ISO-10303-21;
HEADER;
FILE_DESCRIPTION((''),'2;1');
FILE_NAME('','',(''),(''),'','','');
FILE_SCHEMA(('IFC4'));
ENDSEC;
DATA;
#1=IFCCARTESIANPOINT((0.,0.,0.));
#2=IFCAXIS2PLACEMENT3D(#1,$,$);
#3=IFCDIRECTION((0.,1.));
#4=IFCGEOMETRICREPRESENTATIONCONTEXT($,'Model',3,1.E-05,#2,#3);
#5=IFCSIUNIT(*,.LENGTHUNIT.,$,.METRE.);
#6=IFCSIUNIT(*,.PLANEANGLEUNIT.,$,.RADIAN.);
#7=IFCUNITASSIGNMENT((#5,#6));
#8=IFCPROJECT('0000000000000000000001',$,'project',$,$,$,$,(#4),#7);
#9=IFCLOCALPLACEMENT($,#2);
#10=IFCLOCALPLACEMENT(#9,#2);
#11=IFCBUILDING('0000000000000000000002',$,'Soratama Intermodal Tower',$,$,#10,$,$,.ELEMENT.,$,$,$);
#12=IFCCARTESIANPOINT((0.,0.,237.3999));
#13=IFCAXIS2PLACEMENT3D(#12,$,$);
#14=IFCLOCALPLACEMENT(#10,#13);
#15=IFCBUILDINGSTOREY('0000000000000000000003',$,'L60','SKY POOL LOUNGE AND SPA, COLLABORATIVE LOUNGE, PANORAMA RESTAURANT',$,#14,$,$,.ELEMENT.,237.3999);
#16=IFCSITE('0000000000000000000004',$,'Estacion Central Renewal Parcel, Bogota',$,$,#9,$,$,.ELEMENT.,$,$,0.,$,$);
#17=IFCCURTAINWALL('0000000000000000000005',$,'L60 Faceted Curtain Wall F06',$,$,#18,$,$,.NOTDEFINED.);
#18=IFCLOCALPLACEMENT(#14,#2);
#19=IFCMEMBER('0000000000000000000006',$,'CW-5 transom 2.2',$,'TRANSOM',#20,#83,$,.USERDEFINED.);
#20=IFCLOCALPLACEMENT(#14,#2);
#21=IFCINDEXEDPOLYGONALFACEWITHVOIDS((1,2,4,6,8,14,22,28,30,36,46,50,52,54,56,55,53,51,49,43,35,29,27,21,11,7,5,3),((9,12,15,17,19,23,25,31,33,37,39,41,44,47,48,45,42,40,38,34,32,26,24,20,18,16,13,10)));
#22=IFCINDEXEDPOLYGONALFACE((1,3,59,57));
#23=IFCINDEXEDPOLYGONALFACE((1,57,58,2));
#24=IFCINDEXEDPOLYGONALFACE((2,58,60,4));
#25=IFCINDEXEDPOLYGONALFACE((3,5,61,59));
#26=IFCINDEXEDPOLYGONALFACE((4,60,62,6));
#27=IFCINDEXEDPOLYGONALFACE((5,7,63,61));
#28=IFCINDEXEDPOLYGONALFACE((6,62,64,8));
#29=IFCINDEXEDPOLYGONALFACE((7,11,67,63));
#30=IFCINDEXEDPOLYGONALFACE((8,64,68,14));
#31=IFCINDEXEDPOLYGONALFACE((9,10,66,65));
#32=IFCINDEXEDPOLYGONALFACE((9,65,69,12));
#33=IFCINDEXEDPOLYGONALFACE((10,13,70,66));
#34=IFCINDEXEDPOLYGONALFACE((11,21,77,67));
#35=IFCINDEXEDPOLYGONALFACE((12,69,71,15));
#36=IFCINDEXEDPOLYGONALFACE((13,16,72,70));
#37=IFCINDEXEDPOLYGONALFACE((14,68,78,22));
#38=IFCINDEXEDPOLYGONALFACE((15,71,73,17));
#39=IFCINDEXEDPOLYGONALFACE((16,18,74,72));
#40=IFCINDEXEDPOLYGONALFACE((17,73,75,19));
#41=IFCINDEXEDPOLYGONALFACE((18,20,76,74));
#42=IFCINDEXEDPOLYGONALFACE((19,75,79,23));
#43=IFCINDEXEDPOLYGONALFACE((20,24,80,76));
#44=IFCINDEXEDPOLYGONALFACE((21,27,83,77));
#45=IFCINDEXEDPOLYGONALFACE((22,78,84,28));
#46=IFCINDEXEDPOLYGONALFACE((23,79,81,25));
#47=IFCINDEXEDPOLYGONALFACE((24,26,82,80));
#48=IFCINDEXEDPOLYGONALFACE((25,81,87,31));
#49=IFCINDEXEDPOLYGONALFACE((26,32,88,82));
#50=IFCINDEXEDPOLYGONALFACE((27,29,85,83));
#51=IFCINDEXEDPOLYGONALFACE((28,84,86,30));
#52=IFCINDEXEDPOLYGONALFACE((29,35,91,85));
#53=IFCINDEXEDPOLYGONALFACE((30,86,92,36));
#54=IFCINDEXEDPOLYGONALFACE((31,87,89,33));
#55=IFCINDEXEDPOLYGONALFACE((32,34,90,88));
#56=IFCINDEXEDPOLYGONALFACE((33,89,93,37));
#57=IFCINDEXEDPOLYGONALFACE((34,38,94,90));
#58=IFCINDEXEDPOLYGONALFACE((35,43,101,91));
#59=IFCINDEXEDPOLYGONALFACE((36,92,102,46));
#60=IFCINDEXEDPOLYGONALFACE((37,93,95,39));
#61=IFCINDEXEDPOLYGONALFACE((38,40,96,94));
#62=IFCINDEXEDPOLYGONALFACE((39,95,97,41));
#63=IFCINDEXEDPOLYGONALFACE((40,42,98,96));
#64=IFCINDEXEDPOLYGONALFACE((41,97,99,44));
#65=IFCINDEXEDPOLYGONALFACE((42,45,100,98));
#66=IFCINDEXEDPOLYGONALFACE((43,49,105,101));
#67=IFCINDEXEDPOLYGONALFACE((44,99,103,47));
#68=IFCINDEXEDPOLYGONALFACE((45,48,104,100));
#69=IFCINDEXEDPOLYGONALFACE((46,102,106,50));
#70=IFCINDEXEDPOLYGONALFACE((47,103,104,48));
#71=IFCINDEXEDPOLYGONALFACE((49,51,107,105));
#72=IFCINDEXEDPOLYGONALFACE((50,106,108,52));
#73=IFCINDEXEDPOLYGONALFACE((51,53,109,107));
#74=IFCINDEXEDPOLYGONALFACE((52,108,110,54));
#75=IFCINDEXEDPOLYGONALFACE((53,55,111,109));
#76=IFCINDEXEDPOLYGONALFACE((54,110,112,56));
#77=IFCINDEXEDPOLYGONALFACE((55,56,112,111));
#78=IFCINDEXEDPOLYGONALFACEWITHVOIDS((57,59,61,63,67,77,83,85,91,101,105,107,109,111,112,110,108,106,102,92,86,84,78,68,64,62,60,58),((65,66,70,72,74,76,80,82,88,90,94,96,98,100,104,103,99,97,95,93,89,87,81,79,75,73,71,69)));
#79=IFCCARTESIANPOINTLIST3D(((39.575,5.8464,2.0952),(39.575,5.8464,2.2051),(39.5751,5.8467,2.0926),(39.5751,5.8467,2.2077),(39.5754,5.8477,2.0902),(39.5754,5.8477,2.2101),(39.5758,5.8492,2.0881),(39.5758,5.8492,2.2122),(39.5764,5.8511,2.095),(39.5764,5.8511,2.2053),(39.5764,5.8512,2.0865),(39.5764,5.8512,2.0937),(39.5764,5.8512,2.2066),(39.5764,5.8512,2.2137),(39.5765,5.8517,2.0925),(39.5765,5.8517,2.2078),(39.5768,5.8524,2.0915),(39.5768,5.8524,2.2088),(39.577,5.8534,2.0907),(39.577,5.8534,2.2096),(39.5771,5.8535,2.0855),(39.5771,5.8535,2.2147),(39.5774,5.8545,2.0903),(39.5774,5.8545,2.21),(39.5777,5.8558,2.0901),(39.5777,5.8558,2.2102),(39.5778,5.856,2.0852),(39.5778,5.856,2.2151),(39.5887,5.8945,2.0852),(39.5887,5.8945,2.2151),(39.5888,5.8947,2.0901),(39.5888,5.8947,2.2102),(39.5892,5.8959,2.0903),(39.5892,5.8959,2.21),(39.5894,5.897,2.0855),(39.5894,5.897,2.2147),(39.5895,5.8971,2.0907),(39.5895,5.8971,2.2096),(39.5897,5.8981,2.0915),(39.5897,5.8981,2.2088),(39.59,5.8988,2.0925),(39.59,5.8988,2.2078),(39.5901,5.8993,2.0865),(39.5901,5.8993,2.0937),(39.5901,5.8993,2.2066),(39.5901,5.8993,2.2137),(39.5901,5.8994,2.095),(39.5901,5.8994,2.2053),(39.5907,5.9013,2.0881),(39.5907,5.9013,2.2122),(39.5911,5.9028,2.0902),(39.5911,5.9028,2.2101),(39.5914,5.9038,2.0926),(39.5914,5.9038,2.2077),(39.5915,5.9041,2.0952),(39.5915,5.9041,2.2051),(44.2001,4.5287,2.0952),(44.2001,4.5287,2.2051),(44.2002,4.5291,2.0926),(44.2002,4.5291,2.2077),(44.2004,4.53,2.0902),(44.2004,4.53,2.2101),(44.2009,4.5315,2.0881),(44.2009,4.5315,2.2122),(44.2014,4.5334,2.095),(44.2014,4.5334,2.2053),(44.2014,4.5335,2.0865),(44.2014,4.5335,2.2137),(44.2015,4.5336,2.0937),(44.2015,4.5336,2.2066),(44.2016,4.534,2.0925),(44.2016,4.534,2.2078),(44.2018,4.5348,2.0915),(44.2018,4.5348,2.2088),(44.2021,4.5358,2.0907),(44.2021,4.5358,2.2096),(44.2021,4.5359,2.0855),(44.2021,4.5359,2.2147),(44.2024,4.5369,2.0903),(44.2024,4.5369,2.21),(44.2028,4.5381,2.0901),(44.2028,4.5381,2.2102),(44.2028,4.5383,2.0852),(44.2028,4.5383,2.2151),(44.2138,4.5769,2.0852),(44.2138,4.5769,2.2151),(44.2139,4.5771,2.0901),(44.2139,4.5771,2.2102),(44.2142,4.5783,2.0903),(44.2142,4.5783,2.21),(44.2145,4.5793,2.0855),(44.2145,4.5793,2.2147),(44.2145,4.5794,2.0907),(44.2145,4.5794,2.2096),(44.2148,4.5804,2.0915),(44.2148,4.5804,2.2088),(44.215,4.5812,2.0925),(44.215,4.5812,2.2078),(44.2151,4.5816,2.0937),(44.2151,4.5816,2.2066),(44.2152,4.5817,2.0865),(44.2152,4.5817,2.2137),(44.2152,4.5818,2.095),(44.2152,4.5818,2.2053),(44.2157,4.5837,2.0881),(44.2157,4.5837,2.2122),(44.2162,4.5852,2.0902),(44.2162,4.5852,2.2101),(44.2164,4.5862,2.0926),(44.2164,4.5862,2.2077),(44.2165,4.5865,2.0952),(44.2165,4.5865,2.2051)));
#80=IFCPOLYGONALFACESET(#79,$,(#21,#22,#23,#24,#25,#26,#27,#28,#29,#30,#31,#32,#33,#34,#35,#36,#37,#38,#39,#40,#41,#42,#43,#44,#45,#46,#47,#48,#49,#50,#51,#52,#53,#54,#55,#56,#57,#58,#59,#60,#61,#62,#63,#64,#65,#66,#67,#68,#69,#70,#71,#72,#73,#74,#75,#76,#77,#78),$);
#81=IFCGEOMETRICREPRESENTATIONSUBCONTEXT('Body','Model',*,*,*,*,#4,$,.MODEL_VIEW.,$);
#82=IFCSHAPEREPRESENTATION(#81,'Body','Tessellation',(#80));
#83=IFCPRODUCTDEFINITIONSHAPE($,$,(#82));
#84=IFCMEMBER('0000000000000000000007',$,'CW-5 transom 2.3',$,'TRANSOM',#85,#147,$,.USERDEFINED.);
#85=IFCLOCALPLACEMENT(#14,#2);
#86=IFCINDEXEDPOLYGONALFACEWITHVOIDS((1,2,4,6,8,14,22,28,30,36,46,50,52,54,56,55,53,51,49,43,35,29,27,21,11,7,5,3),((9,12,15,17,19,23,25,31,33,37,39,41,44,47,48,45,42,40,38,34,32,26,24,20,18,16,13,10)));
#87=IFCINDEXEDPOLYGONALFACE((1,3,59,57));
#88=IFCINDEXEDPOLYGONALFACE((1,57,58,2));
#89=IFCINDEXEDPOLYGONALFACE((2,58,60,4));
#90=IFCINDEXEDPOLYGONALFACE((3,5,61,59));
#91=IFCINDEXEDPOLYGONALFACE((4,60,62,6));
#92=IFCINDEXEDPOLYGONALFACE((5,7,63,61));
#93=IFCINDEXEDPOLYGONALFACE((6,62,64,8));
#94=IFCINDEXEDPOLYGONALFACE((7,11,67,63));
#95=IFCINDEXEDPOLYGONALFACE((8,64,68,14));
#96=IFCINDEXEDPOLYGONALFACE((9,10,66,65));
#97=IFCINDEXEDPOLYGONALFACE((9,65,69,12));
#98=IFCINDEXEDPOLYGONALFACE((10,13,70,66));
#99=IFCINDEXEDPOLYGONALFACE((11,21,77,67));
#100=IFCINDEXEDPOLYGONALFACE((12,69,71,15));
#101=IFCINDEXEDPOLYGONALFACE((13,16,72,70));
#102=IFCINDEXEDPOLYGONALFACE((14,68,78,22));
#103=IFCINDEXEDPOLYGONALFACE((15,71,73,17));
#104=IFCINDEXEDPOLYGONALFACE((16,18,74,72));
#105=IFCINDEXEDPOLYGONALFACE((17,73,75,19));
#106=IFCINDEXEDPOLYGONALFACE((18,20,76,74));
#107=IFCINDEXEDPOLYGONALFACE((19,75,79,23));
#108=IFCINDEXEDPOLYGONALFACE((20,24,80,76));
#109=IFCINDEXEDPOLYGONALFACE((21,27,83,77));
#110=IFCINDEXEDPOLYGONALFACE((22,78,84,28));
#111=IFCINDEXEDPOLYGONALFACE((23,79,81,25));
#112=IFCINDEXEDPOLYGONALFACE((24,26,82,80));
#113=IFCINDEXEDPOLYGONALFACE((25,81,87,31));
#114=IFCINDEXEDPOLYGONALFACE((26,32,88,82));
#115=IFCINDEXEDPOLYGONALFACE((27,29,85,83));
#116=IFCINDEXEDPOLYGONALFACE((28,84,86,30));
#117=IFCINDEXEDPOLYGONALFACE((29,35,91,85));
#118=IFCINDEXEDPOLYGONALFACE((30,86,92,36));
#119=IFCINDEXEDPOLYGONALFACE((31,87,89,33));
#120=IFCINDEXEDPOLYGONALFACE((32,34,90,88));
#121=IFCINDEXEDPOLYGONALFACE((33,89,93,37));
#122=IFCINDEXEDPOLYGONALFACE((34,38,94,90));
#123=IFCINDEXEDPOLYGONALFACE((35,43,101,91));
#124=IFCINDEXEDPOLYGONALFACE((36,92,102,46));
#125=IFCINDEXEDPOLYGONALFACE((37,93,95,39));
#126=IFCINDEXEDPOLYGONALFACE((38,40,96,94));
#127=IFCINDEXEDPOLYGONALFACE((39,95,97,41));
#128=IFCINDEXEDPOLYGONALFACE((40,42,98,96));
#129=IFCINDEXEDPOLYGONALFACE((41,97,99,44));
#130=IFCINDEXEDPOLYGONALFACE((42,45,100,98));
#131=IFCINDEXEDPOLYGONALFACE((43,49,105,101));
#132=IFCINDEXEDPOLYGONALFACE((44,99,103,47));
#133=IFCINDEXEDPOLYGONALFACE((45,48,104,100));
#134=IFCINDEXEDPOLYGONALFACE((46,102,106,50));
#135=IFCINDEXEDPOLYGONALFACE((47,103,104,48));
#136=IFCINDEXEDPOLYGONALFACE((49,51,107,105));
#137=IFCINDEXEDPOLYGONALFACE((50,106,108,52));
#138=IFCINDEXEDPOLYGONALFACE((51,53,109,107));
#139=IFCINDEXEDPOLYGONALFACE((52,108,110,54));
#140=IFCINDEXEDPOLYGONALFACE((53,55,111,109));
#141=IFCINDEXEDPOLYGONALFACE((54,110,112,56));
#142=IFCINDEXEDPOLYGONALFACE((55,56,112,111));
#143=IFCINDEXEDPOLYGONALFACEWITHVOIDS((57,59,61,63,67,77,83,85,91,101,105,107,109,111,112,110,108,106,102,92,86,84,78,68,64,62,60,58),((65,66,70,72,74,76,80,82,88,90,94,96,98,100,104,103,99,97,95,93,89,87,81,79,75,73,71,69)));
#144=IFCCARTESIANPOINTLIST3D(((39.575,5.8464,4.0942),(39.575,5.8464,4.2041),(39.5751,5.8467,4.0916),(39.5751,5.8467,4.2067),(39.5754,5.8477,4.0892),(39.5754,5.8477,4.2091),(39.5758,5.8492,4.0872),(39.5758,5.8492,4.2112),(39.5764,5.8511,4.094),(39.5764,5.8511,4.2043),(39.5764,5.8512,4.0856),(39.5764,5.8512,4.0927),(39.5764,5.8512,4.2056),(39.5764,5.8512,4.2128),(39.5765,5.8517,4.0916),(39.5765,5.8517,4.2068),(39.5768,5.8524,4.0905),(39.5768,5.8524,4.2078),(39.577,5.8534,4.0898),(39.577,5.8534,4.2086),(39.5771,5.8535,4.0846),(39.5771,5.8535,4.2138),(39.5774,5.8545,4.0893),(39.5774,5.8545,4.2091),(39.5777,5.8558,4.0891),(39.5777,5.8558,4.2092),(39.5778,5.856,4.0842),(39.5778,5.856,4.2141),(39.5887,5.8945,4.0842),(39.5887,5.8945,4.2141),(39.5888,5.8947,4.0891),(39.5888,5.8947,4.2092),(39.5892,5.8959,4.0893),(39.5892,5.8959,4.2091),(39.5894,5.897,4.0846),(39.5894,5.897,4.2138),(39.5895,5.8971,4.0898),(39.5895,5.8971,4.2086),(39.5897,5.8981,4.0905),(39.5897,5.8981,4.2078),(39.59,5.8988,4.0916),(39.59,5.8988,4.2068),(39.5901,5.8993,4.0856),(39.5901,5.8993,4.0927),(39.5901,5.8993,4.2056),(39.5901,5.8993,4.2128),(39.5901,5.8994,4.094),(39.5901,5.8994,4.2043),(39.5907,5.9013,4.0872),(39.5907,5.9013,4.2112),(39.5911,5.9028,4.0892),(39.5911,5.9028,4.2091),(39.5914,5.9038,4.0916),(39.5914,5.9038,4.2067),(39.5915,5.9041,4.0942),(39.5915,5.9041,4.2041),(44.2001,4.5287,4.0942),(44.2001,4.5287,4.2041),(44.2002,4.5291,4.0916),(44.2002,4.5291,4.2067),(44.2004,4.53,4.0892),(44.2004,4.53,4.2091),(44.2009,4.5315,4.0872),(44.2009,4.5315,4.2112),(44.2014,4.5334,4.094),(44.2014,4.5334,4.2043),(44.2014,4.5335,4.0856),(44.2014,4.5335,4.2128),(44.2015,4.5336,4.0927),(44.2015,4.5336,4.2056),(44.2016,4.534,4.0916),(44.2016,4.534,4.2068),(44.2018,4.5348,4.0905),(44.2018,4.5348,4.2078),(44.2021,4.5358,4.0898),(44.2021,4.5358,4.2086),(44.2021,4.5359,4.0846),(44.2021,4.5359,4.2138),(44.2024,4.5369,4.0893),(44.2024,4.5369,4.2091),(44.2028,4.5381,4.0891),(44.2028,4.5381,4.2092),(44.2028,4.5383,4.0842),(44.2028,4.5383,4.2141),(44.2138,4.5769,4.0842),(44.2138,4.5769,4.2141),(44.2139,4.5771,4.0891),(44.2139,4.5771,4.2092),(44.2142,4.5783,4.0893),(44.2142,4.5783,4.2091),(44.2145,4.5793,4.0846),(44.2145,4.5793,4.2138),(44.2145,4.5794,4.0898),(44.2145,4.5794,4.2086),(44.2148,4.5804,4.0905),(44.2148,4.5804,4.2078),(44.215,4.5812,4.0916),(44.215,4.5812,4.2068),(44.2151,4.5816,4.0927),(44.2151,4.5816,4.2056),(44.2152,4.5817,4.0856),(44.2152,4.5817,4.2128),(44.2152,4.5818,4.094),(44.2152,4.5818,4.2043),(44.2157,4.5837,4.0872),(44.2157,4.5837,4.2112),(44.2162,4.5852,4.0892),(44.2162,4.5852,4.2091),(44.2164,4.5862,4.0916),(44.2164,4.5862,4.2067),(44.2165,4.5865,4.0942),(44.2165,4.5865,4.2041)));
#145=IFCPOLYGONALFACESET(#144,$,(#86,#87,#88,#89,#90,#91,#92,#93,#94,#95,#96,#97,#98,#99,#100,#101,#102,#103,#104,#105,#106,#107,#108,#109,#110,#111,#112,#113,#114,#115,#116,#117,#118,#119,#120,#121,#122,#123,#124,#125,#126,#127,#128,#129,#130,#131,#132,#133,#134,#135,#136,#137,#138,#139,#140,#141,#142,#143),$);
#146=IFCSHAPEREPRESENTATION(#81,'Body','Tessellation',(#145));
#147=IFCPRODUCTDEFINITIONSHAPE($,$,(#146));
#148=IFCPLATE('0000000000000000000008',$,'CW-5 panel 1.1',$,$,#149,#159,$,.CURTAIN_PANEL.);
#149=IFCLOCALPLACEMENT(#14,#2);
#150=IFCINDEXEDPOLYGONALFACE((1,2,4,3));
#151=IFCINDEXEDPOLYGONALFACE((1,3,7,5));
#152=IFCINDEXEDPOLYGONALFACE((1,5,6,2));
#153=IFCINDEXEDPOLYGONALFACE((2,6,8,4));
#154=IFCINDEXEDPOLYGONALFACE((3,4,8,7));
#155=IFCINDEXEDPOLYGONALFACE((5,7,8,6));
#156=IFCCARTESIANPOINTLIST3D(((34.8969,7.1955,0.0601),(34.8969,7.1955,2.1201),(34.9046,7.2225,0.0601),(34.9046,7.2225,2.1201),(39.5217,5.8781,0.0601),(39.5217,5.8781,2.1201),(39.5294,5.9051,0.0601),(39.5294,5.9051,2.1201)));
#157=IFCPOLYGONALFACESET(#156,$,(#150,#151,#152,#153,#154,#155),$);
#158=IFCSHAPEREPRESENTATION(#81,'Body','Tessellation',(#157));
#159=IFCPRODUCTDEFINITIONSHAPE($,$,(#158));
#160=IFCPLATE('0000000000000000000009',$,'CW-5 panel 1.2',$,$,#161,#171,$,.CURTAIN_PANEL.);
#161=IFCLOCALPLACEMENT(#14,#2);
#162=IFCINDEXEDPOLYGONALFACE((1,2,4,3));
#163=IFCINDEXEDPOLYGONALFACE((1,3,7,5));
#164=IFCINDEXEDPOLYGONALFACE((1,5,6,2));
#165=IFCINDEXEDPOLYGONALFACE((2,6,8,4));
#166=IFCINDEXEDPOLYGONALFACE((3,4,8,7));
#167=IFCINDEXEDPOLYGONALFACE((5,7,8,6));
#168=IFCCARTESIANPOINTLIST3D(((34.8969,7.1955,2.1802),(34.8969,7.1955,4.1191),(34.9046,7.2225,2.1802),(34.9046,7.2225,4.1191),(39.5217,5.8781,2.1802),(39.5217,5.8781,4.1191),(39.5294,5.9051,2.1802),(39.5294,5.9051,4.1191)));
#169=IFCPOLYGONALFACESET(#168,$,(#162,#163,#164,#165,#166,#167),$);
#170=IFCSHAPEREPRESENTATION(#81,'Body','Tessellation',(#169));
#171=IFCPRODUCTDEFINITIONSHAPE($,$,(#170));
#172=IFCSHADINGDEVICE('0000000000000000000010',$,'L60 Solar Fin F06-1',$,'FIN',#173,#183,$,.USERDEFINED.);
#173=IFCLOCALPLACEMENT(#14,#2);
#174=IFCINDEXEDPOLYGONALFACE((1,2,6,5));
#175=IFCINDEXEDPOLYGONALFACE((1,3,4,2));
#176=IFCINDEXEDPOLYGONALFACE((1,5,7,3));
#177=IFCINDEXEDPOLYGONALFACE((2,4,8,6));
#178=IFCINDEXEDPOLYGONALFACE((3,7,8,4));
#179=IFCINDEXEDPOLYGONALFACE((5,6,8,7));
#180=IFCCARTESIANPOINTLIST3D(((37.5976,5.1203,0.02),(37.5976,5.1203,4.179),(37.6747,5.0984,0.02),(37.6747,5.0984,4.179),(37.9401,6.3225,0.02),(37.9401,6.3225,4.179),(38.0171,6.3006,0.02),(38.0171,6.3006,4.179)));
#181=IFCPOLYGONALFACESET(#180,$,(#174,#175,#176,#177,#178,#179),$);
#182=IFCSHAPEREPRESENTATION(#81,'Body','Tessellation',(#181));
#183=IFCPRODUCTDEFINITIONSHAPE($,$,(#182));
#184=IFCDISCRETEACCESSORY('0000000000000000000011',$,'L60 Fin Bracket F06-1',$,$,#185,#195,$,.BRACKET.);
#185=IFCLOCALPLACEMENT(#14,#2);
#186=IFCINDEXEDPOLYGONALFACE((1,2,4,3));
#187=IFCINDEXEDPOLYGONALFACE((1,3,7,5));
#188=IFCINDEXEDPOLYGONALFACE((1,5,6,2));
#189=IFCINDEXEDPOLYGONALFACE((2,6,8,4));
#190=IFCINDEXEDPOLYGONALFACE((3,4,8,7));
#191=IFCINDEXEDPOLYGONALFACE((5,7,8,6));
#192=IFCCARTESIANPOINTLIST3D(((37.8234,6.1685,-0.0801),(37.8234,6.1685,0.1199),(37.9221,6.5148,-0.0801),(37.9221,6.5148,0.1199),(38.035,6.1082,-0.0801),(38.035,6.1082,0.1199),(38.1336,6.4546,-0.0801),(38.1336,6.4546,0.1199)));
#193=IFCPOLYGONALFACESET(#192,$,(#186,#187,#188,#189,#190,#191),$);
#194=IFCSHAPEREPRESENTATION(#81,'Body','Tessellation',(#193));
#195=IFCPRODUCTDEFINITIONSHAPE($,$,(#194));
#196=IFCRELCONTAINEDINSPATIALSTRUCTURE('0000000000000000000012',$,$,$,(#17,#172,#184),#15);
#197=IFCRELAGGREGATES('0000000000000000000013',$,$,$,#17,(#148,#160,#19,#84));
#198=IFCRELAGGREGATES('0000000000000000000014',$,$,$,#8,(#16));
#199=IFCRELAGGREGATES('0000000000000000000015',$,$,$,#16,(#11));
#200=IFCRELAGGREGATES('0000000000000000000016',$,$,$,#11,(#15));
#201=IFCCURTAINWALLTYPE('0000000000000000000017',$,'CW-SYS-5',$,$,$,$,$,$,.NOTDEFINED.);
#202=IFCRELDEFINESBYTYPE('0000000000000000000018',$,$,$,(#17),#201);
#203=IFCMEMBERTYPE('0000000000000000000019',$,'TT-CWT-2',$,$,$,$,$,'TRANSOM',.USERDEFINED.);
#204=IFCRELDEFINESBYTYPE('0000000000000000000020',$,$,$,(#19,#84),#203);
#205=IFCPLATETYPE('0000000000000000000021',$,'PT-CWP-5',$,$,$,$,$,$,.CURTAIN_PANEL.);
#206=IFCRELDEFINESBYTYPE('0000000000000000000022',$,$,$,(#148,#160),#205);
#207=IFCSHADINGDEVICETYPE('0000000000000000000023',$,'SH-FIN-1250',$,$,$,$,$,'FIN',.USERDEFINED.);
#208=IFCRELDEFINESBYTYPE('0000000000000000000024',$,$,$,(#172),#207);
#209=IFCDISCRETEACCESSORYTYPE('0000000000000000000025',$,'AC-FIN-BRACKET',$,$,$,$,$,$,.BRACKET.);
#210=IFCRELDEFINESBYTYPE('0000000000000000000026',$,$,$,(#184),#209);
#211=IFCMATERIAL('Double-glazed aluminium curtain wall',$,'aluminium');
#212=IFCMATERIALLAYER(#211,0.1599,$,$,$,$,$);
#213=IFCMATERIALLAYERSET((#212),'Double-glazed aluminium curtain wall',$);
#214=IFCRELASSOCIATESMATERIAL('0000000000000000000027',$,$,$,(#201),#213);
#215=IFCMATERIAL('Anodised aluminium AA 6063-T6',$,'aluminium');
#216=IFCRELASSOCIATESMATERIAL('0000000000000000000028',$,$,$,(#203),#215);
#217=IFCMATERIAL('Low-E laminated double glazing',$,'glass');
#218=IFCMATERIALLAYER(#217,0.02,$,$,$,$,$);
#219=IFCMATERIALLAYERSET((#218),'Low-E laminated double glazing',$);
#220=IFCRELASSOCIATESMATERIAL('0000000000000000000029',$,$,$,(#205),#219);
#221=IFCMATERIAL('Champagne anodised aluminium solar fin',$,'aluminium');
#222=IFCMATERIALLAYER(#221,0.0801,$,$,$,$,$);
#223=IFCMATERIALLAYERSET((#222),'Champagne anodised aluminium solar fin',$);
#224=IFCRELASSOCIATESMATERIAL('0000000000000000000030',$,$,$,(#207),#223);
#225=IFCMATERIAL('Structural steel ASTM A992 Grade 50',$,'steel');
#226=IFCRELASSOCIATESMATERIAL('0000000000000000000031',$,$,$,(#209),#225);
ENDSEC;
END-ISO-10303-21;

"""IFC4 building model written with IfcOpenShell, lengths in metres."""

from ifc_helpers import new_model, si_unit, direction, frame, origin, origin_2d, place, context, subcontext, project, spatial, rectangle, hollow_rectangle, extrude, material, layer, layer_set, material_profile, profile_set, type_object, element, aggregate, save


model = new_model("IFC4")

# Units and contexts
model_context = context("Model", 3, precision=1e-05, world=origin(), true_north=direction((0.0, 1.0)))
body_context = subcontext(model_context, "Body", "Model", "MODEL_VIEW")
ifc_project = project(units=[si_unit("LENGTHUNIT", "METRE"), si_unit("PLANEANGLEUNIT", "RADIAN")], contexts=[model_context])

# Site, building, storey
site_placement = place(None, origin())
site = spatial("IfcSite", under=ifc_project, at=site_placement, Name="Estacion Central Renewal Parcel, Bogota", CompositionType="ELEMENT", RefElevation=0.0)
building_placement = place(site_placement, origin())
building = spatial("IfcBuilding", under=site, at=building_placement, Name="Soratama Intermodal Tower", CompositionType="ELEMENT")
storey_placement = place(building_placement, frame((0.0, 0.0, 237.3999)))
storey = spatial("IfcBuildingStorey", under=building, at=storey_placement, Name="L60", Description="SKY POOL LOUNGE AND SPA, COLLABORATIVE LOUNGE, PANORAMA RESTAURANT", CompositionType="ELEMENT", Elevation=237.3999)

# Curtain wall, members, plates
ifc_material_1 = material(Name="Double-glazed aluminium curtain wall", Category="aluminium")
ifc_layer_1 = layer(ifc_material_1, 0.1599)
ifc_layer_set_1 = layer_set([ifc_layer_1], Name="Double-glazed aluminium curtain wall")
curtain_wall_type = type_object("IfcCurtainWallType", Name="CW-SYS-5", PredefinedType="NOTDEFINED", material=ifc_layer_set_1)
curtain_wall_placement = place(storey_placement, origin())
curtain_wall = element("IfcCurtainWall", 1, at=curtain_wall_placement, inside=storey, type_object=curtain_wall_type, Name="L60 Faceted Curtain Wall F06", PredefinedType="NOTDEFINED")
ifc_material_2 = material(Name="Anodised aluminium AA 6063-T6", Category="aluminium")
ifc_material_profile_1 = material_profile(ifc_material_2, hollow_rectangle(XDim=0.0601, YDim=0.1299, WallThickness=0.0049, InnerFilletRadius=0.0049, OuterFilletRadius=0.01, at=origin_2d()), Name="CWT130X60X5")
ifc_profile_set_1 = profile_set([ifc_material_profile_1], Name="Anodised aluminium AA 6063-T6")
member_type_1 = type_object("IfcMemberType", Name="TT-CWT-2", ElementType="TRANSOM", PredefinedType="USERDEFINED", material=ifc_profile_set_1)
member_1_placement = place(storey_placement, frame((39.5833, 5.8752, 2.1501), z_axis=(0.961732, -0.27399, 0.0), x_axis=(0.27399, 0.961732, 0.0)))
member_1 = element("IfcMember", 2, at=member_1_placement, type_object=member_type_1, Name="CW-5 transom 2.2", ObjectType="TRANSOM", PredefinedType="USERDEFINED", context=body_context, shape_type="SweptSolid", body=[
    extrude(hollow_rectangle(XDim=0.0601, YDim=0.1299, WallThickness=0.0049, InnerFilletRadius=0.0049, OuterFilletRadius=0.01, at=origin_2d()), origin(), (0.0, 0.0, 1.0), 4.8091),
])
member_2_placement = place(storey_placement, frame((39.5833, 5.8752, 4.1492), z_axis=(0.961732, -0.27399, 0.0), x_axis=(0.27399, 0.961732, 0.0)))
member_2 = element("IfcMember", 3, at=member_2_placement, type_object=member_type_1, Name="CW-5 transom 2.3", ObjectType="TRANSOM", PredefinedType="USERDEFINED", context=body_context, shape_type="SweptSolid", body=[
    extrude(hollow_rectangle(XDim=0.0601, YDim=0.1299, WallThickness=0.0049, InnerFilletRadius=0.0049, OuterFilletRadius=0.01, at=origin_2d()), origin(), (0.0, 0.0, 1.0), 4.8091),
])
ifc_material_3 = material(Name="Low-E laminated double glazing", Category="glass")
ifc_layer_2 = layer(ifc_material_3, 0.02)
ifc_layer_set_2 = layer_set([ifc_layer_2], Name="Low-E laminated double glazing")
plate_type = type_object("IfcPlateType", Name="PT-CWP-5", PredefinedType="CURTAIN_PANEL", material=ifc_layer_set_2)
plate_1_placement = place(storey_placement, frame((37.2131, 6.5503, 0.0601), z_axis=(0.0, 0.0, 1.0), x_axis=(0.96174, -0.273963, 0.0)))
plate_1 = element("IfcPlate", 4, at=plate_1_placement, type_object=plate_type, Name="CW-5 panel 1.1", PredefinedType="CURTAIN_PANEL", context=body_context, shape_type="SweptSolid", body=[
    extrude(rectangle(XDim=4.8088, YDim=0.0281, at=origin_2d()), origin(), (0.0, 0.0, 1.0), 2.0601),
])
plate_2_placement = place(storey_placement, frame((37.2131, 6.5503, 2.1802), z_axis=(0.0, 0.0, 1.0), x_axis=(0.96174, -0.273963, 0.0)))
plate_2 = element("IfcPlate", 5, at=plate_2_placement, type_object=plate_type, Name="CW-5 panel 1.2", PredefinedType="CURTAIN_PANEL", context=body_context, shape_type="SweptSolid", body=[
    extrude(rectangle(XDim=4.8088, YDim=0.0281, at=origin_2d()), origin(), (0.0, 0.0, 1.0), 1.939),
])
aggregate(curtain_wall, [plate_1, plate_2, member_1, member_2])

# Shading device
ifc_material_4 = material(Name="Champagne anodised aluminium solar fin", Category="aluminium")
ifc_layer_3 = layer(ifc_material_4, 0.0801)
ifc_layer_set_3 = layer_set([ifc_layer_3], Name="Champagne anodised aluminium solar fin")
shading_device_type = type_object("IfcShadingDeviceType", Name="SH-FIN-1250", ElementType="FIN", PredefinedType="USERDEFINED", material=ifc_layer_set_3)
shading_device_placement = place(storey_placement, frame((37.8074, 5.7104, 0.02), z_axis=(0.0, 0.0, 1.0), x_axis=(-0.273959, -0.961741, 0.0)))
element("IfcShadingDevice", 6, at=shading_device_placement, inside=storey, type_object=shading_device_type, Name="L60 Solar Fin F06-1", ObjectType="FIN", PredefinedType="USERDEFINED", context=body_context, shape_type="SweptSolid", body=[
    extrude(rectangle(XDim=1.25, YDim=0.0801, at=origin_2d()), origin(), (0.0, 0.0, 1.0), 4.1589),
])

# Discrete accessory
ifc_material_5 = material(Name="Structural steel ASTM A992 Grade 50", Category="steel")
discrete_accessory_type = type_object("IfcDiscreteAccessoryType", Name="AC-FIN-BRACKET", PredefinedType="BRACKET", material=ifc_material_5)
discrete_accessory_placement = place(storey_placement, frame((37.9785, 6.3115, -0.0801), z_axis=(0.0, 0.0, 1.0), x_axis=(-0.273959, -0.961741, 0.0)))
element("IfcDiscreteAccessory", 7, at=discrete_accessory_placement, inside=storey, type_object=discrete_accessory_type, Name="L60 Fin Bracket F06-1", PredefinedType="BRACKET", context=body_context, shape_type="SweptSolid", body=[
    extrude(rectangle(XDim=0.3601, YDim=0.22, at=origin_2d()), origin(), (0.0, 0.0, 1.0), 0.2),
])

save(model, "model.ifc")
